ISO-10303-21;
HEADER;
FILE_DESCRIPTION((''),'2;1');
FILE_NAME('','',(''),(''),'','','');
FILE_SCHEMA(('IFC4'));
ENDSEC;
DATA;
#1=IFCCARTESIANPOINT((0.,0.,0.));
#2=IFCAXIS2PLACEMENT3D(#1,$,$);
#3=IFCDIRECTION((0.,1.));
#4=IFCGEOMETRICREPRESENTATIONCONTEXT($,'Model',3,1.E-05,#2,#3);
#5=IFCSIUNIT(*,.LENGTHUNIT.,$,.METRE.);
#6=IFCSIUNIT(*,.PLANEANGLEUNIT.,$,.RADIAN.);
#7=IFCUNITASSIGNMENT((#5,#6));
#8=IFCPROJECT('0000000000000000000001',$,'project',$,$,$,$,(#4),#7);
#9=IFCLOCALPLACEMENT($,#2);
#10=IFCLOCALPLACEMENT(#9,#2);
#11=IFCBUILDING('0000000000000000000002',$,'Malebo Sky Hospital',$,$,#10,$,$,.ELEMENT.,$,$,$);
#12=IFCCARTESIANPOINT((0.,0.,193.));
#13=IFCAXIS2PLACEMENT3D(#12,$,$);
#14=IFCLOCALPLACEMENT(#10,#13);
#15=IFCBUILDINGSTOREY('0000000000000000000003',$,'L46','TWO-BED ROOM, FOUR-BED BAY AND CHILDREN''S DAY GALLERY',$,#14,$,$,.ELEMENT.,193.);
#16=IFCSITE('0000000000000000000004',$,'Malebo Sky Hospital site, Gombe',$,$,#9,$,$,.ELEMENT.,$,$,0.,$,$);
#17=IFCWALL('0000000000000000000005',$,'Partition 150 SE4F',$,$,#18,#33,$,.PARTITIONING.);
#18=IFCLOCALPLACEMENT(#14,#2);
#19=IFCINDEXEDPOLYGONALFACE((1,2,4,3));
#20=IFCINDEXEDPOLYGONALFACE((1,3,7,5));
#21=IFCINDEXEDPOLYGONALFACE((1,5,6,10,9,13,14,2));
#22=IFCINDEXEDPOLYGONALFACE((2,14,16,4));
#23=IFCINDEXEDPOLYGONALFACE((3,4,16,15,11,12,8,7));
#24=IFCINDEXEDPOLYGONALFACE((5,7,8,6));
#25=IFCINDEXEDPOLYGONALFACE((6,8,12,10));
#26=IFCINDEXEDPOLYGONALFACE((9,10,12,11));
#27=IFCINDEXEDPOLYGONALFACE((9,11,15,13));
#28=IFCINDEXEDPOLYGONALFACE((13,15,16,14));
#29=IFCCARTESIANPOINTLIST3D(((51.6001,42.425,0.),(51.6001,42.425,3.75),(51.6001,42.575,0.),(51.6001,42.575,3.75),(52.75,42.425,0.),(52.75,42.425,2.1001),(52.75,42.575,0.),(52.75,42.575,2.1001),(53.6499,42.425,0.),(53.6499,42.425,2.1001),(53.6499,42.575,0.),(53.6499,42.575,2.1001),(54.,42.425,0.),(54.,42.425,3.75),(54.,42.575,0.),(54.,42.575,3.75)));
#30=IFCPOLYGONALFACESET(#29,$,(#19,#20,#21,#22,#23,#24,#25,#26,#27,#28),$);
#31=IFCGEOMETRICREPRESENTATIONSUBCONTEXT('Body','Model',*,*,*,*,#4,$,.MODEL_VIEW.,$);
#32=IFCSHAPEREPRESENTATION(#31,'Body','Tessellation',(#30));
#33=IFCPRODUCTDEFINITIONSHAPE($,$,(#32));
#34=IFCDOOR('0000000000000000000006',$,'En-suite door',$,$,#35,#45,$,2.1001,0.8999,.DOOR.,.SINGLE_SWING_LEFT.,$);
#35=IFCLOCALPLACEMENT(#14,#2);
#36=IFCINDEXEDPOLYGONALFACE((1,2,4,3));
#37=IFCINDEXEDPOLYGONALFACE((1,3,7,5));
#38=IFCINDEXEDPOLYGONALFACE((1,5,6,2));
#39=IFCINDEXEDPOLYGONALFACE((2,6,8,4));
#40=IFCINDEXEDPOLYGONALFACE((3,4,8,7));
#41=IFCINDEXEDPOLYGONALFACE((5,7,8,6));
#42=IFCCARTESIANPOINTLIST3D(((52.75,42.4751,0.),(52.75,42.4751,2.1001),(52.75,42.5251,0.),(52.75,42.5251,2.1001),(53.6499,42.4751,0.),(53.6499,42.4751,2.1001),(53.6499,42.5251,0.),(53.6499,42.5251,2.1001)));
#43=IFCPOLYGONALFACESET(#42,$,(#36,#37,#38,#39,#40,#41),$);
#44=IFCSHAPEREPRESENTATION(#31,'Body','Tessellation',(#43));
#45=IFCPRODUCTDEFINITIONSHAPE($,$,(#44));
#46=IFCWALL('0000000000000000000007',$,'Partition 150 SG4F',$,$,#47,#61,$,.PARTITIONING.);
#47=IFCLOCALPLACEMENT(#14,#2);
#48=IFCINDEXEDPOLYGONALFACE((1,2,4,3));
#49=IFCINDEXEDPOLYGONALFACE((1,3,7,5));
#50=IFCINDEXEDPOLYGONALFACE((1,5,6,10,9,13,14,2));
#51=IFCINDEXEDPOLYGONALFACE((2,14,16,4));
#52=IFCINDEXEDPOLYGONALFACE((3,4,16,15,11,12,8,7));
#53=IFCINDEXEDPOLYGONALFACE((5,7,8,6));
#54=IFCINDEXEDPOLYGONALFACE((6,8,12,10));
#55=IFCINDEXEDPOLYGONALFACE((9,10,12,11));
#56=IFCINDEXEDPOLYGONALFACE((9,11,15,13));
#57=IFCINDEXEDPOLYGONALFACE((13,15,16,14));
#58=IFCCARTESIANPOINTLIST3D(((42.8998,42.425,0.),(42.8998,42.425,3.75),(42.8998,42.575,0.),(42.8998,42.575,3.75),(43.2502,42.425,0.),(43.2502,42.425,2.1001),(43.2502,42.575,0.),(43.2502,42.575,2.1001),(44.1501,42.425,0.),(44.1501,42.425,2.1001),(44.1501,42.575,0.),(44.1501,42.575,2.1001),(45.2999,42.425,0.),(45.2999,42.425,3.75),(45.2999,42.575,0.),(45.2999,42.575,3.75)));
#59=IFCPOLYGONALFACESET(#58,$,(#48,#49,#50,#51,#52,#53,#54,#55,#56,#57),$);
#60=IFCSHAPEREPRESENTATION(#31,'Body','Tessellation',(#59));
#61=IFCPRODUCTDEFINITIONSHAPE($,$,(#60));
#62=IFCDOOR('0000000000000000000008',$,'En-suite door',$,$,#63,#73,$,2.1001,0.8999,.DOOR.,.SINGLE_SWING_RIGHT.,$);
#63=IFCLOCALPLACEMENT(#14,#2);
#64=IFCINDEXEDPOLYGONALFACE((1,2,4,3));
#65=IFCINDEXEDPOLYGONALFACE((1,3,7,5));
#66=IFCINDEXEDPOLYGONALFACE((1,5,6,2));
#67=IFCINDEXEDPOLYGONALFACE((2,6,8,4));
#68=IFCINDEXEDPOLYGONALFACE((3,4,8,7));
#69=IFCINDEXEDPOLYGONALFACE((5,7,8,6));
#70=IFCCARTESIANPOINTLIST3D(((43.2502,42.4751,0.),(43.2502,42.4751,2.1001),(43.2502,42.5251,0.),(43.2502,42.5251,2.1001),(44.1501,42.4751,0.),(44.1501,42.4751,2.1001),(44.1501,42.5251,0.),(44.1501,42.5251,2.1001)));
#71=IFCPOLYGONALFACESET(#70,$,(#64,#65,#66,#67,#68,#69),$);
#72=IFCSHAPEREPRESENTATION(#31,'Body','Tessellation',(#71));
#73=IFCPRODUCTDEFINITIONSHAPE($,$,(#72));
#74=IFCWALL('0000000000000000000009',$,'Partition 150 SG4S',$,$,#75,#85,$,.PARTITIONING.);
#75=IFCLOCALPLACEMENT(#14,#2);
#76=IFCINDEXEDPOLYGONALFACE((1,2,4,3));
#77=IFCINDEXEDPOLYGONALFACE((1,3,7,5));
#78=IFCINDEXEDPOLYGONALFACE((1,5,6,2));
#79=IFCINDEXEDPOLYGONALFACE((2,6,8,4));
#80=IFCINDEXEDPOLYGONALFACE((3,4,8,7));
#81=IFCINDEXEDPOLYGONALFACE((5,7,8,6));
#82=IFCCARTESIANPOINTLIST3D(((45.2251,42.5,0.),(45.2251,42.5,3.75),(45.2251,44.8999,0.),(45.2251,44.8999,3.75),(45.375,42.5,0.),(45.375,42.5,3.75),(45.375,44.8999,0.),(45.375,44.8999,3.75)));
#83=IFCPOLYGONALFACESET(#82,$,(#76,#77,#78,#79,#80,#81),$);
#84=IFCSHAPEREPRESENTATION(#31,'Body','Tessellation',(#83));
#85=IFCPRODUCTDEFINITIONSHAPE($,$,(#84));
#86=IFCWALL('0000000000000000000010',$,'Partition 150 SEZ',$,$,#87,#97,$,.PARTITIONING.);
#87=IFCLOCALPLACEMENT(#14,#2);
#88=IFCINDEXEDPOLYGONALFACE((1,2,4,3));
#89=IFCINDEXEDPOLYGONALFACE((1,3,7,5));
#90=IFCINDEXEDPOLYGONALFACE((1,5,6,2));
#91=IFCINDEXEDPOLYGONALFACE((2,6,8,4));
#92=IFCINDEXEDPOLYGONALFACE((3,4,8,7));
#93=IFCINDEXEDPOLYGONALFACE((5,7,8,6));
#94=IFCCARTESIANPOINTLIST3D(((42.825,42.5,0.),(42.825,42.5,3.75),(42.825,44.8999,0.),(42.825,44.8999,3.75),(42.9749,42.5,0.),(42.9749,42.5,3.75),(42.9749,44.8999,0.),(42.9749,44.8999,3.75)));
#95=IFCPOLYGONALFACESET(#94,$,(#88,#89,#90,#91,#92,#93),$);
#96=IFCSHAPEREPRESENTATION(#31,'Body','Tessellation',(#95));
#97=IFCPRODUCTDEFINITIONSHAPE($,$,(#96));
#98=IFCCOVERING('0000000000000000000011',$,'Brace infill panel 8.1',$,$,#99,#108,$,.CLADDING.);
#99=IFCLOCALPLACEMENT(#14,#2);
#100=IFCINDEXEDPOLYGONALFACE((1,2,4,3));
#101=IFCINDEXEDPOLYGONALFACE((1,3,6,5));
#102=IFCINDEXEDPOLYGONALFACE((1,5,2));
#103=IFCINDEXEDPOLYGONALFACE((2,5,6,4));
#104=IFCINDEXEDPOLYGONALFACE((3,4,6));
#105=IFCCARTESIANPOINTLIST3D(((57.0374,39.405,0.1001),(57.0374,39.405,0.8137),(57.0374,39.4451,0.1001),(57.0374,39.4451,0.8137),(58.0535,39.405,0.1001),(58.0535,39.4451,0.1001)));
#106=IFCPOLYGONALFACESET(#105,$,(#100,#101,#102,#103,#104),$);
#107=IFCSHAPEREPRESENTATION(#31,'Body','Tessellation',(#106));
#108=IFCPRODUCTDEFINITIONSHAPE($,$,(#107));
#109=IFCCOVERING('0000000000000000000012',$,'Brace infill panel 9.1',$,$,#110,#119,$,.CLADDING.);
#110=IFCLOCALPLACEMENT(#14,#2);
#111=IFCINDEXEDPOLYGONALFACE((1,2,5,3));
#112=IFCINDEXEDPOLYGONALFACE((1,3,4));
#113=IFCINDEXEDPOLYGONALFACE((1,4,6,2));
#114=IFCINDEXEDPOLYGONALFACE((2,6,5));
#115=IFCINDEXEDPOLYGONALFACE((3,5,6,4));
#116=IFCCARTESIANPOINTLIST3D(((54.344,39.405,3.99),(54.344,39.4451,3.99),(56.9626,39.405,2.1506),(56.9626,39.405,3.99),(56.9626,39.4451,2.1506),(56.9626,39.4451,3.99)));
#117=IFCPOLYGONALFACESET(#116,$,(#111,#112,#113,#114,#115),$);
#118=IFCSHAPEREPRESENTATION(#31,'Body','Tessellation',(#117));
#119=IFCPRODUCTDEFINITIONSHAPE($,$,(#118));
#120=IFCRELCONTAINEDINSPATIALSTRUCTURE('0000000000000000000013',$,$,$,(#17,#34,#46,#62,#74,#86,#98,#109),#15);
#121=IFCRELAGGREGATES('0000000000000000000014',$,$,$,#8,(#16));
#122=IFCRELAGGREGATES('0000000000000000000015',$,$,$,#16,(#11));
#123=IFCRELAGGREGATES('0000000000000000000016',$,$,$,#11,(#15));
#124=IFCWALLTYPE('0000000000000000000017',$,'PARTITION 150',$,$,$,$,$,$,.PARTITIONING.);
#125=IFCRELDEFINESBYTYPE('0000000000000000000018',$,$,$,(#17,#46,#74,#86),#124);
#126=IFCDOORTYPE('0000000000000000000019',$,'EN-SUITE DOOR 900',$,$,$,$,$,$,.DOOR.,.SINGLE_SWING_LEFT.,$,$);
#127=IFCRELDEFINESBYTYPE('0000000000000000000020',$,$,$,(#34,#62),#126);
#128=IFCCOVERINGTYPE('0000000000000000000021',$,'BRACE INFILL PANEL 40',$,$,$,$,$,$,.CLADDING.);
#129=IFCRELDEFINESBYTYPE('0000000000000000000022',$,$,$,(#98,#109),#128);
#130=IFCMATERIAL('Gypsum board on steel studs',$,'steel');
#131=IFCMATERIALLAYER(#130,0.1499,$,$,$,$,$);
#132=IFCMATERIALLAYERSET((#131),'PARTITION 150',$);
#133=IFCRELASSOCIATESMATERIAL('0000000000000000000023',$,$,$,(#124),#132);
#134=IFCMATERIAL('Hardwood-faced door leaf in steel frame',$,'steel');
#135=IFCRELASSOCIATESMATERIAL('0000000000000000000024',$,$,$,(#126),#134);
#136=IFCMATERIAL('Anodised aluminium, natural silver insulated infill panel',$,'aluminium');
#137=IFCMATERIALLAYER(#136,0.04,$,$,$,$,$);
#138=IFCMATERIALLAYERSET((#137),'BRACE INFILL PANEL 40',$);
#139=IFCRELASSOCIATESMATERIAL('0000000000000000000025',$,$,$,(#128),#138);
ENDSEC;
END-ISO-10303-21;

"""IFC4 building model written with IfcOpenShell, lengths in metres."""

from ifc_helpers import new_model, si_unit, direction, frame, frame_2d, origin, place, context, subcontext, project, spatial, polyline, rectangle, outline, extrude, material, layer, layer_set, type_object, element, fill, save


model = new_model("IFC4")

# Units and contexts
model_context = context("Model", 3, precision=1e-05, world=origin(), true_north=direction((0.0, 1.0)))
body_context = subcontext(model_context, "Body", "Model", "MODEL_VIEW")
ifc_project = project(units=[si_unit("LENGTHUNIT", "METRE"), si_unit("PLANEANGLEUNIT", "RADIAN")], contexts=[model_context])

# Site, building, storey
site_placement = place(None, origin())
site = spatial("IfcSite", under=ifc_project, at=site_placement, Name="Malebo Sky Hospital site, Gombe", CompositionType="ELEMENT", RefElevation=0.0)
building_placement = place(site_placement, origin())
building = spatial("IfcBuilding", under=site, at=building_placement, Name="Malebo Sky Hospital", CompositionType="ELEMENT")
storey_placement = place(building_placement, frame((0.0, 0.0, 193.0)))
storey = spatial("IfcBuildingStorey", under=building, at=storey_placement, Name="L46", Description="TWO-BED ROOM, FOUR-BED BAY AND CHILDREN'S DAY GALLERY", CompositionType="ELEMENT", Elevation=193.0)

# Walls, openings, doors
ifc_material_1 = material(Name="Gypsum board on steel studs", Category="steel")
ifc_layer_1 = layer(ifc_material_1, 0.1499)
ifc_layer_set_1 = layer_set([ifc_layer_1], Name="PARTITION 150")
wall_type = type_object("IfcWallType", Name="PARTITION 150", PredefinedType="PARTITIONING", material=ifc_layer_set_1)
wall_1_placement = place(storey_placement, frame((54.0, 42.5, 0.0), z_axis=(0.0, 0.0, 1.0), x_axis=(-1.0, 0.0, 0.0)))
wall_1 = element("IfcWall", 1, at=wall_1_placement, inside=storey, type_object=wall_type, Name="Partition 150 SE4F", PredefinedType="PARTITIONING", context=body_context, shape_type="SweptSolid", body=[
    extrude(rectangle(XDim=2.3999, YDim=0.1499, at=frame_2d((1.2, 0.0))), origin(), (0.0, 0.0, 1.0), 3.75),
])
opening_1_placement = place(wall_1_placement, frame((0.3501, 0.0, 0.0)))
opening_1 = element("IfcOpeningElement", 2, at=opening_1_placement, cuts=wall_1, PredefinedType="OPENING", context=body_context, shape_type="SweptSolid", body=[
    extrude(rectangle(XDim=0.8999, YDim=2.1001, at=frame_2d((0.45, 1.05))), frame((0.0, 0.085, 0.0), z_axis=(0.0, -1.0, 0.0), x_axis=(1.0, 0.0, 0.0)), (0.0, 0.0, 1.0), 0.1699),
])
ifc_material_2 = material(Name="Hardwood-faced door leaf in steel frame", Category="steel")
door_type = type_object("IfcDoorType", Name="EN-SUITE DOOR 900", OperationType="SINGLE_SWING_LEFT", PredefinedType="DOOR", material=ifc_material_2)
door_1_placement = place(opening_1_placement, origin())
door_1 = element("IfcDoor", 3, at=door_1_placement, inside=storey, type_object=door_type, Name="En-suite door", OperationType="SINGLE_SWING_LEFT", OverallHeight=2.1001, OverallWidth=0.8999, PredefinedType="DOOR", context=body_context, shape_type="SweptSolid", body=[
    extrude(rectangle(XDim=0.8999, YDim=2.1001, at=frame_2d((0.45, 1.05))), frame((0.0, 0.0249, 0.0), z_axis=(0.0, -1.0, 0.0), x_axis=(1.0, 0.0, 0.0)), (0.0, 0.0, 1.0), 0.05),
])
fill(opening_1, door_1)
wall_2_placement = place(storey_placement, frame((45.3, 42.5, 0.0), z_axis=(0.0, 0.0, 1.0), x_axis=(-1.0, 0.0, 0.0)))
wall_2 = element("IfcWall", 4, at=wall_2_placement, inside=storey, type_object=wall_type, Name="Partition 150 SG4F", PredefinedType="PARTITIONING", context=body_context, shape_type="SweptSolid", body=[
    extrude(rectangle(XDim=2.4001, YDim=0.1499, at=frame_2d((1.2002, 0.0))), origin(), (0.0, 0.0, 1.0), 3.75),
])
opening_2_placement = place(wall_2_placement, frame((1.1499, 0.0, 0.0)))
opening_2 = element("IfcOpeningElement", 5, at=opening_2_placement, cuts=wall_2, PredefinedType="OPENING", context=body_context, shape_type="SweptSolid", body=[
    extrude(rectangle(XDim=0.8999, YDim=2.1001, at=frame_2d((0.45, 1.05))), frame((0.0, 0.085, 0.0), z_axis=(0.0, -1.0, 0.0), x_axis=(1.0, 0.0, 0.0)), (0.0, 0.0, 1.0), 0.1699),
])
door_2_placement = place(opening_2_placement, origin())
door_2 = element("IfcDoor", 6, at=door_2_placement, inside=storey, type_object=door_type, Name="En-suite door", OperationType="SINGLE_SWING_RIGHT", OverallHeight=2.1001, OverallWidth=0.8999, PredefinedType="DOOR", context=body_context, shape_type="SweptSolid", body=[
    extrude(rectangle(XDim=0.8999, YDim=2.1001, at=frame_2d((0.45, 1.05))), frame((0.0, 0.0249, 0.0), z_axis=(0.0, -1.0, 0.0), x_axis=(1.0, 0.0, 0.0)), (0.0, 0.0, 1.0), 0.05),
])
fill(opening_2, door_2)

# Walls
for number, where, z_axis, x_axis, name in (
    (7, (45.3, 44.8999, 0.0), (0.0, 0.0, 1.0), (0.0, -1.0, 0.0), "Partition 150 SG4S"),
    (8, (42.8999, 44.8999, 0.0), (0.0, 0.0, 1.0), (0.0, -1.0, 0.0), "Partition 150 SEZ"),
):
    element("IfcWall", number, at=place(storey_placement, frame(where, z_axis=z_axis, x_axis=x_axis)), inside=storey, type_object=wall_type, Name=name, PredefinedType="PARTITIONING", context=body_context, shape_type="SweptSolid", body=[
        extrude(rectangle(XDim=2.3999, YDim=0.1499, at=frame_2d((1.2, 0.0))), origin(), (0.0, 0.0, 1.0), 3.75),
    ])

# Coverings
ifc_material_3 = material(Name="Anodised aluminium, natural silver insulated infill panel", Category="aluminium")
ifc_layer_2 = layer(ifc_material_3, 0.04)
ifc_layer_set_2 = layer_set([ifc_layer_2], Name="BRACE INFILL PANEL 40")
covering_type = type_object("IfcCoveringType", Name="BRACE INFILL PANEL 40", PredefinedType="CLADDING", material=ifc_layer_set_2)
covering_1_placement = place(storey_placement, frame((57.5454, 39.425, 0.1001), z_axis=(0.0, 0.0, 1.0), x_axis=(-1.0, 0.0, 0.0)))
element("IfcCovering", 9, at=covering_1_placement, inside=storey, type_object=covering_type, Name="Brace infill panel 8.1", PredefinedType="CLADDING", context=body_context, shape_type="SweptSolid", body=[
    extrude(outline(polyline([(-0.5081, 0.0), (0.5081, 0.0), (0.5081, 0.7136), (-0.5081, 0.0)])), frame((0.0, 0.02, 0.0), z_axis=(0.0, -1.0, 0.0), x_axis=(1.0, 0.0, 0.0)), (0.0, 0.0, 1.0), 0.04),
])
covering_2_placement = place(storey_placement, frame((55.6533, 39.425, 2.1506), z_axis=(0.0, 0.0, 1.0), x_axis=(-1.0, 0.0, 0.0)))
element("IfcCovering", 10, at=covering_2_placement, inside=storey, type_object=covering_type, Name="Brace infill panel 9.1", PredefinedType="CLADDING", context=body_context, shape_type="SweptSolid", body=[
    extrude(outline(polyline([(-1.3093, 0.0), (1.3093, 1.8394), (-1.3093, 1.8394), (-1.3093, 0.0)])), frame((0.0, 0.02, 0.0), z_axis=(0.0, -1.0, 0.0), x_axis=(1.0, 0.0, 0.0)), (0.0, 0.0, 1.0), 0.04),
])

save(model, "model.ifc")
